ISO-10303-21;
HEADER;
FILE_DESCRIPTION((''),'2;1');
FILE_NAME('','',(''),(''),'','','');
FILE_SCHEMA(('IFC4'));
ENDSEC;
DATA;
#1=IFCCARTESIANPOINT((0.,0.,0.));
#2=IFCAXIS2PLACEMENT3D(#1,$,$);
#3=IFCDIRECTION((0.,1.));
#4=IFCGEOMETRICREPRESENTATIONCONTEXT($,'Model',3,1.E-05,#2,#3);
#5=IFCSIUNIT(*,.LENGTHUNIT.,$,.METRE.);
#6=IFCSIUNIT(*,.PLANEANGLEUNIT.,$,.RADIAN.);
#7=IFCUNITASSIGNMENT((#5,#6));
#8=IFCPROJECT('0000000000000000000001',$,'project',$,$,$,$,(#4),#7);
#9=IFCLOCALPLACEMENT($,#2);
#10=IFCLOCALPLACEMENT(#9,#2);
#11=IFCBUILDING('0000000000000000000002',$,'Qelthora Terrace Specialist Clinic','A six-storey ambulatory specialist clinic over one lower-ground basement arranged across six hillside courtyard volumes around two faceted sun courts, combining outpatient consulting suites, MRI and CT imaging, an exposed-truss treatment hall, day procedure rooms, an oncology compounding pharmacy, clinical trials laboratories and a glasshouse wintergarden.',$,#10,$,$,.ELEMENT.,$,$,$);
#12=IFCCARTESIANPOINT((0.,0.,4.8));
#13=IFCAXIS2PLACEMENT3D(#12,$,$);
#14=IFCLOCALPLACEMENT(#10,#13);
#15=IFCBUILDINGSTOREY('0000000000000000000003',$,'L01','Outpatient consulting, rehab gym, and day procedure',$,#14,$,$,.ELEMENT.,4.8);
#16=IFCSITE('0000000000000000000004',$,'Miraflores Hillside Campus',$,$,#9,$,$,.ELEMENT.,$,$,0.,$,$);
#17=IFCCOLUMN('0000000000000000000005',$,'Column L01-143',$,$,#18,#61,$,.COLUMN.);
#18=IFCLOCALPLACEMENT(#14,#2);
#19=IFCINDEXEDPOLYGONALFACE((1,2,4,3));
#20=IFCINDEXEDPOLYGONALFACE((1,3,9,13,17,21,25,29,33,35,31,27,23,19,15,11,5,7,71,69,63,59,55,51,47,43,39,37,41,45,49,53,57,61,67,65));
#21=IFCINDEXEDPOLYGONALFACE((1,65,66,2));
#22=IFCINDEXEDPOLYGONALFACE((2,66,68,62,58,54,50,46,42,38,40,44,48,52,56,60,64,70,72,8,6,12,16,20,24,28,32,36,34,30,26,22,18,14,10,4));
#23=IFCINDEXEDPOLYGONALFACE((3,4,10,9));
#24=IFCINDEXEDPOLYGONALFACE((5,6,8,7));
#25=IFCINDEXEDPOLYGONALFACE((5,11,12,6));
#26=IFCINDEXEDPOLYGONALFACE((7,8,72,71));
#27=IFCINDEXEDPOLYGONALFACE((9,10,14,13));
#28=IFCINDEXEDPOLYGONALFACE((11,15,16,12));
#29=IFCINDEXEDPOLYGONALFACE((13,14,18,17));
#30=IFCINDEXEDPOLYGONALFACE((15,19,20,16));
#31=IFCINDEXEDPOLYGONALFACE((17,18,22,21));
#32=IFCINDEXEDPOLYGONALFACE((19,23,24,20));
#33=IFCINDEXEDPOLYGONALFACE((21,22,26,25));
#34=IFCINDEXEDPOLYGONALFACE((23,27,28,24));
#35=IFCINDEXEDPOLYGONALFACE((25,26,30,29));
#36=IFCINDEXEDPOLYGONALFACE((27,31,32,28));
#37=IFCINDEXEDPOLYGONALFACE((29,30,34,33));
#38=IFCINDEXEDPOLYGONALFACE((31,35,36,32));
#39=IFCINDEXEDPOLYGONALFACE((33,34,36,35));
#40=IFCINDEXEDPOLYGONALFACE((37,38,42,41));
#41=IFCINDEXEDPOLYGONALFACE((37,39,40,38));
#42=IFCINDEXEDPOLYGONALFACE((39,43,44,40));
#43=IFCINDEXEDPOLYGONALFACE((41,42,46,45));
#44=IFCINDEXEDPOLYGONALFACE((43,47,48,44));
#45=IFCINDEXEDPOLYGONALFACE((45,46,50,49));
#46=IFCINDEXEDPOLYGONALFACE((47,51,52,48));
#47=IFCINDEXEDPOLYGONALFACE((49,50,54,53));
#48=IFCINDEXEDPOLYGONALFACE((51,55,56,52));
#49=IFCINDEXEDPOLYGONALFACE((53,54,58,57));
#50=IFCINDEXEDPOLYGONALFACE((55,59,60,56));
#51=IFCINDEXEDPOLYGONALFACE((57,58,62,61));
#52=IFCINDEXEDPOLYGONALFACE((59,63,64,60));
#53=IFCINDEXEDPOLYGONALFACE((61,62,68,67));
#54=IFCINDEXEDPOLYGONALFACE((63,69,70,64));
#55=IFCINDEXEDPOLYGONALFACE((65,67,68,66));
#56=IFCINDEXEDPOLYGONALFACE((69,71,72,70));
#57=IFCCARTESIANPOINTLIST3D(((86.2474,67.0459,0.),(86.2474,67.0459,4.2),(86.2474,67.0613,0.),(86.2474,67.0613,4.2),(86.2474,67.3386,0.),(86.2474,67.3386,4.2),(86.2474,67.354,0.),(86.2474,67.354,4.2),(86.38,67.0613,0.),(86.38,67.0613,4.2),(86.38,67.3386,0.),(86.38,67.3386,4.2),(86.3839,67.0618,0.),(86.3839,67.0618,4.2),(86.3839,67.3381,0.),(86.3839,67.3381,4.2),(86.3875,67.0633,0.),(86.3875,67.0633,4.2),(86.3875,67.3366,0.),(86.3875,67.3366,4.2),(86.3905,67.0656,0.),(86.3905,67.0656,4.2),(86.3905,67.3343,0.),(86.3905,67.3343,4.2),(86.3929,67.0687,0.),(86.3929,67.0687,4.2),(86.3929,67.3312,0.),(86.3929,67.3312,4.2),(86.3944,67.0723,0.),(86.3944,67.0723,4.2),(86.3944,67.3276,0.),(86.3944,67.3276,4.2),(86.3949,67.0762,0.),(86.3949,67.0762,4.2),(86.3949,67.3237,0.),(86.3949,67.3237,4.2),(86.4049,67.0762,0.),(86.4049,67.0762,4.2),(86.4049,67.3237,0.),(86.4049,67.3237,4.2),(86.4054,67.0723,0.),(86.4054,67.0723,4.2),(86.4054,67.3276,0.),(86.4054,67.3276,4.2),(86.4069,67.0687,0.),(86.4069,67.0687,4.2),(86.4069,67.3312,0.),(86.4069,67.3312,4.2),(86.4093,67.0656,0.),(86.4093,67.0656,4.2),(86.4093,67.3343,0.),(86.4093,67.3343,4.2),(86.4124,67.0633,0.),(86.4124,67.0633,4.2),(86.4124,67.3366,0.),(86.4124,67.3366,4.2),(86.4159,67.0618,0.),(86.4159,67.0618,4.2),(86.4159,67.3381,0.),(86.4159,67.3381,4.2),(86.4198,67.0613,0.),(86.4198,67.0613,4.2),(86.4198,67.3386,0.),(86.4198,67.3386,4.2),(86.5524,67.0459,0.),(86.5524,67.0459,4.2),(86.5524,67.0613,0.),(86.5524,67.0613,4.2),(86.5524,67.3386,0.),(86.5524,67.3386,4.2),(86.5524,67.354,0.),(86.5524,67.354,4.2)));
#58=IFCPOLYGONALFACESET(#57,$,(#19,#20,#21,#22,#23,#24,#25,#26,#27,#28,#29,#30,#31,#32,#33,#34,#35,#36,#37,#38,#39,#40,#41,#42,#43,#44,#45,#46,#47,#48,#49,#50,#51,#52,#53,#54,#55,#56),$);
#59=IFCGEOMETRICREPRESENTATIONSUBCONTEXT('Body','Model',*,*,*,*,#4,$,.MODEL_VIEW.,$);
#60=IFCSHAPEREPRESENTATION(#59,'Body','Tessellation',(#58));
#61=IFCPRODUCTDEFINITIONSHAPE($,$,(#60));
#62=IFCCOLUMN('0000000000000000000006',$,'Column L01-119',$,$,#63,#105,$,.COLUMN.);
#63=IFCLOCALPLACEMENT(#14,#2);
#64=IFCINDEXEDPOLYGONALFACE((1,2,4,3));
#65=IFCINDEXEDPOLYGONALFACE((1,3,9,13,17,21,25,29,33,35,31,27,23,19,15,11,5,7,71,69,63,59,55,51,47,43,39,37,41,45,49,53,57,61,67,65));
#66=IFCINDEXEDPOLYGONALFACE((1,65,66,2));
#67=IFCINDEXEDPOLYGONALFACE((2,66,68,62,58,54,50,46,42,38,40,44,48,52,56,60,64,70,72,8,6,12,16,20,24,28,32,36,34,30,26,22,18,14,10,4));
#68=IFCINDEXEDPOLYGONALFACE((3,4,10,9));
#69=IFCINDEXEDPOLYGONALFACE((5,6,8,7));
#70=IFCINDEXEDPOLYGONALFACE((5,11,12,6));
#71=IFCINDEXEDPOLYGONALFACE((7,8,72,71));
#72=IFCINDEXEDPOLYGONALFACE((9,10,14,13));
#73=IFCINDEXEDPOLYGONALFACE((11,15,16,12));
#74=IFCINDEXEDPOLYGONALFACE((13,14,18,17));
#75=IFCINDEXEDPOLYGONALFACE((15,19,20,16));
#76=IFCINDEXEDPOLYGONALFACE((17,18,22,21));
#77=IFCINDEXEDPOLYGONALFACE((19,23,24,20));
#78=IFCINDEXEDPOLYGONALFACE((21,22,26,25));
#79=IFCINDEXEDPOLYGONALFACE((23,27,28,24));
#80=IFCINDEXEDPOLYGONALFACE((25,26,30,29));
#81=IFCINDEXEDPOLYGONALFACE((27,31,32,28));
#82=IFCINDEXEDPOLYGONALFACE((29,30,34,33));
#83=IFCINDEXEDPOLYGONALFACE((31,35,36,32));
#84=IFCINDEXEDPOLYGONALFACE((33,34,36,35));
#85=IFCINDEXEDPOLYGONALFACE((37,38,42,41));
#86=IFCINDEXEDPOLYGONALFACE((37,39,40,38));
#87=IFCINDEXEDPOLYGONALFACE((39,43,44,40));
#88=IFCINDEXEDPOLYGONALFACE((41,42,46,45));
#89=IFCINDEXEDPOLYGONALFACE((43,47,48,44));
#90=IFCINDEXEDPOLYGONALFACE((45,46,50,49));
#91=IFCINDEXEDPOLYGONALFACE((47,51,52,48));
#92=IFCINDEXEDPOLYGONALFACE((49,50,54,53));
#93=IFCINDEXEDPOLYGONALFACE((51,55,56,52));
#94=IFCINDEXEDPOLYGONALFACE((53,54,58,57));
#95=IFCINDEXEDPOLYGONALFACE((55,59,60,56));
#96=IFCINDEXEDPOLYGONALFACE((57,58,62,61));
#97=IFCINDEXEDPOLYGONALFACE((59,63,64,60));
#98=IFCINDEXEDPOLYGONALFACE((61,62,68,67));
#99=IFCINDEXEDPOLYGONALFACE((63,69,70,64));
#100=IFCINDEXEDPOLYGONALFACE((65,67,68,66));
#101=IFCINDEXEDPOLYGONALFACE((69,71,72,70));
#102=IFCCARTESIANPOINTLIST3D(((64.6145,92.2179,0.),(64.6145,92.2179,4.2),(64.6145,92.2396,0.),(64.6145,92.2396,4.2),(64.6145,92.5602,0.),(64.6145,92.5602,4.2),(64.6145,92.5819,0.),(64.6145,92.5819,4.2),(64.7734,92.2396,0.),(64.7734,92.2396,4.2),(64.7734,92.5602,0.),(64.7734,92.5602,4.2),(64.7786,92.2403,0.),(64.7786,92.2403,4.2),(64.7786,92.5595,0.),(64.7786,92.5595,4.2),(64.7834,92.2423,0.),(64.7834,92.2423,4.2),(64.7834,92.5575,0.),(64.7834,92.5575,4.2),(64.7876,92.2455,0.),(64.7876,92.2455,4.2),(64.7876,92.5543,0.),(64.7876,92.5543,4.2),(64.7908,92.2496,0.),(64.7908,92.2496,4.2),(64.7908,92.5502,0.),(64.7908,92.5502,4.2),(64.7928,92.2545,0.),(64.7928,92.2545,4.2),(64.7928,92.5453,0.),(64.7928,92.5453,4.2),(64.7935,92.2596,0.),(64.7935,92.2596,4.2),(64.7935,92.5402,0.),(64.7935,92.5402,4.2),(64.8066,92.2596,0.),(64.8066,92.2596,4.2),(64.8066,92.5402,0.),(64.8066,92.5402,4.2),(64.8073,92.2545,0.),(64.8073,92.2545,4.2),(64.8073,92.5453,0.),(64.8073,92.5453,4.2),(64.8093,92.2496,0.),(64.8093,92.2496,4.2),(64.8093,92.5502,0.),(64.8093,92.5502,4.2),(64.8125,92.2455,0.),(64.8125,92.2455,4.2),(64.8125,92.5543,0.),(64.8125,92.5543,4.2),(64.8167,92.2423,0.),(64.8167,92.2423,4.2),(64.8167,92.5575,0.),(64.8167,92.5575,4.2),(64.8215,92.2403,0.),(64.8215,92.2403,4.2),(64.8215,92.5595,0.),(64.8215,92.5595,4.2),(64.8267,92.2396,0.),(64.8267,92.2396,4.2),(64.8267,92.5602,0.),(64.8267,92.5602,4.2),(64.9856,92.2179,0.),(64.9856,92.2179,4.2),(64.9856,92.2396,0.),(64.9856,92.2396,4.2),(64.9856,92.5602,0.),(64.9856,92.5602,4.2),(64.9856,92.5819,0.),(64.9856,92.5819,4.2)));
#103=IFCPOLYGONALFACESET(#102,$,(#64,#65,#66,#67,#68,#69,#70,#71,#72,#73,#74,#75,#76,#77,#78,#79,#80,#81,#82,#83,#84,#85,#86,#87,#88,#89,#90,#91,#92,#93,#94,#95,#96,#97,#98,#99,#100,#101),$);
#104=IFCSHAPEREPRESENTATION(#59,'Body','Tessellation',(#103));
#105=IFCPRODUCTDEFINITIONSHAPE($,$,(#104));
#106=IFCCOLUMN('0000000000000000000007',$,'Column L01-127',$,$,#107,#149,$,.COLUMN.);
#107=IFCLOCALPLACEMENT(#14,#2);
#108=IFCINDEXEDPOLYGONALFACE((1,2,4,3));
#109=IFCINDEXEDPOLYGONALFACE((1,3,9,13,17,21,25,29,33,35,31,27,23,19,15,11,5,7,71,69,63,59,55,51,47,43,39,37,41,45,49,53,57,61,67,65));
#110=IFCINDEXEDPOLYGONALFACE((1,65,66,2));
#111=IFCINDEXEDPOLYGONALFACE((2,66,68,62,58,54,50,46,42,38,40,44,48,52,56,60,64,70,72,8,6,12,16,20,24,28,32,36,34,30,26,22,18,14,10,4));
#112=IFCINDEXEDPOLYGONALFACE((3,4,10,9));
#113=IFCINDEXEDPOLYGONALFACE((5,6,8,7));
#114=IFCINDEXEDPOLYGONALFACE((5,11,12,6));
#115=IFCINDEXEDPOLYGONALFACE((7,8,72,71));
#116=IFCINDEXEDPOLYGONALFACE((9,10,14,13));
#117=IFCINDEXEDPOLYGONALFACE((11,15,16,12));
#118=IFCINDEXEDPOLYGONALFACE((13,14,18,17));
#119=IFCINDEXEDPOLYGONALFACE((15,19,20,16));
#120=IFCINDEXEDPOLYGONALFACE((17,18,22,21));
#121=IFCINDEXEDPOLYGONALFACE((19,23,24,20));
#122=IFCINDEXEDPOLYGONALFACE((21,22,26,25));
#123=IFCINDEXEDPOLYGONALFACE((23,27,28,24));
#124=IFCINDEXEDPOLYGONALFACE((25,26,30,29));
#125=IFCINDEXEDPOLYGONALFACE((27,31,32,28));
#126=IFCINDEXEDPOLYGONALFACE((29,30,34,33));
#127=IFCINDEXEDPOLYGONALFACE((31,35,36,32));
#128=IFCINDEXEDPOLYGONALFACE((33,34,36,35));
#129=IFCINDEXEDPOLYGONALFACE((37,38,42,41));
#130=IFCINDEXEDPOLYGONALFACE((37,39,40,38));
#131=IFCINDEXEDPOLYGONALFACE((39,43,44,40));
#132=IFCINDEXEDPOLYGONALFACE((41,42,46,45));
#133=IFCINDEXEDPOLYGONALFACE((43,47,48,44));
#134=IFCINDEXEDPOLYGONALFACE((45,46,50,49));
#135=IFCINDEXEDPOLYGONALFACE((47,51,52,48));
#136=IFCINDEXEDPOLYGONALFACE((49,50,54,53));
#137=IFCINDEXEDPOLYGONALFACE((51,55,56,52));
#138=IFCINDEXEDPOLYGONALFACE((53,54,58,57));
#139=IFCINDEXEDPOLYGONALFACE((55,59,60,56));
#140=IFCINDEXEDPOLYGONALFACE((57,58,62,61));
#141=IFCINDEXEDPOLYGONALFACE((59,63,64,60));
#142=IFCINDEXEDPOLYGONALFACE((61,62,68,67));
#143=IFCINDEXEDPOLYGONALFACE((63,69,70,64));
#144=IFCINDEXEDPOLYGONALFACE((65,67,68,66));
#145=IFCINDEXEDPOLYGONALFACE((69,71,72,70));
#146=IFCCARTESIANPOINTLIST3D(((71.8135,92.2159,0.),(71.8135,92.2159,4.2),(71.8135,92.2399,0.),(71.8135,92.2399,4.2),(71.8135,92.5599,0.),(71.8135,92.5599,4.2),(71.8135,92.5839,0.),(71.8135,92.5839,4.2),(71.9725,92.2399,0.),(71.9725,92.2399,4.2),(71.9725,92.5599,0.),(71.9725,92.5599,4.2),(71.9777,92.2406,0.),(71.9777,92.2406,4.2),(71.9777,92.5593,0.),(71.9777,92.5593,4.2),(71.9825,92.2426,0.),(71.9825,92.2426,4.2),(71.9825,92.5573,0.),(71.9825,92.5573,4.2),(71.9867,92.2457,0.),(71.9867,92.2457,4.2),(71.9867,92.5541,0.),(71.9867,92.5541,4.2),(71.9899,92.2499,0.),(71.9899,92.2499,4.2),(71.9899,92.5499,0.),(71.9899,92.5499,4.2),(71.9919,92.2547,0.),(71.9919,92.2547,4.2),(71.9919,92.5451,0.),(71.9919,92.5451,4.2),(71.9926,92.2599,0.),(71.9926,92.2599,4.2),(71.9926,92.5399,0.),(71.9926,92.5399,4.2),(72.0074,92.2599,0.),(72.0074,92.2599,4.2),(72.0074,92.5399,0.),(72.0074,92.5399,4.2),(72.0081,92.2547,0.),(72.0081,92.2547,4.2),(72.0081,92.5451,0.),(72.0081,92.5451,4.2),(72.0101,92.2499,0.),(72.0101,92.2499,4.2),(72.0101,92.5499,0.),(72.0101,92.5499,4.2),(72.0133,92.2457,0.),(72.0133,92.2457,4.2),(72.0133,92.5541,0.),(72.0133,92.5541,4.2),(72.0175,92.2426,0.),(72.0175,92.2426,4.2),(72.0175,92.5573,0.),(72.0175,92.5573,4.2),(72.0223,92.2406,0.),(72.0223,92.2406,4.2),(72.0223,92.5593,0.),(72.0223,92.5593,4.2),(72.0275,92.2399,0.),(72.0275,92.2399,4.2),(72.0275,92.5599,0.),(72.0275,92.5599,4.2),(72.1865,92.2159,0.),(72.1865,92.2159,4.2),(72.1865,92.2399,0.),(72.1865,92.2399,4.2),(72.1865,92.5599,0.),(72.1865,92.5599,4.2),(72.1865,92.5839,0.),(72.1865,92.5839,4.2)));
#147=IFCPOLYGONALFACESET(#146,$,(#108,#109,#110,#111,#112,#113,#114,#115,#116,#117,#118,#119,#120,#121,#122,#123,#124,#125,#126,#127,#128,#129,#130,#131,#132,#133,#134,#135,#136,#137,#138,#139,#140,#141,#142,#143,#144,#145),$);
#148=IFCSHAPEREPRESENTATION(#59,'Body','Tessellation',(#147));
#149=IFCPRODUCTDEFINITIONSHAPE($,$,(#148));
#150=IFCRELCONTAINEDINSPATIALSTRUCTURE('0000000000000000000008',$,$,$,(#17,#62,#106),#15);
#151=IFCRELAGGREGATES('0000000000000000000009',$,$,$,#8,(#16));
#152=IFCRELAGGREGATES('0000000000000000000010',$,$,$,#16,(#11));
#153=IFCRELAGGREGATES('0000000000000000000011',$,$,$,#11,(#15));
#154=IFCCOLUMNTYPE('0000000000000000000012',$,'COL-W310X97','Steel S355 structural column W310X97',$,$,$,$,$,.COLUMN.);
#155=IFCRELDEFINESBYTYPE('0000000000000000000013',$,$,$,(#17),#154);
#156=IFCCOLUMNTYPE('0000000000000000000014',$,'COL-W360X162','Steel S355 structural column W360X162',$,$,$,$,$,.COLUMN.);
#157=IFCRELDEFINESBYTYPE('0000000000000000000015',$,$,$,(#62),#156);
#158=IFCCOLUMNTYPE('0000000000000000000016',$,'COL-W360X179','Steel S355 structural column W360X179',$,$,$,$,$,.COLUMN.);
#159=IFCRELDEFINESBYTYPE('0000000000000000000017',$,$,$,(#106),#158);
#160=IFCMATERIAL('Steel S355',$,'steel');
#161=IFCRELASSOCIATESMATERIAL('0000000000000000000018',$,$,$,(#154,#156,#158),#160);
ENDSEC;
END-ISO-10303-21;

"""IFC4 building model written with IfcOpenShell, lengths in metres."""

from ifc_helpers import new_model, si_unit, direction, frame, origin, origin_2d, place, context, subcontext, project, spatial, i_section, extrude, material, material_profile, profile_set, type_object, element, save


model = new_model("IFC4")

# Units and contexts
model_context = context("Model", 3, precision=1e-05, world=origin(), true_north=direction((0.0, 1.0)))
body_context = subcontext(model_context, "Body", "Model", "MODEL_VIEW")
ifc_project = project(units=[si_unit("LENGTHUNIT", "METRE"), si_unit("PLANEANGLEUNIT", "RADIAN")], contexts=[model_context])

# Site, building, storey
site_placement = place(None, origin())
site = spatial("IfcSite", under=ifc_project, at=site_placement, Name="Miraflores Hillside Campus", CompositionType="ELEMENT", RefElevation=0.0)
building_placement = place(site_placement, origin())
building = spatial("IfcBuilding", under=site, at=building_placement, Name="Qelthora Terrace Specialist Clinic", Description="A six-storey ambulatory specialist clinic over one lower-ground basement arranged across six hillside courtyard volumes around two faceted sun courts, combining outpatient consulting suites, MRI and CT imaging, an exposed-truss treatment hall, day procedure rooms, an oncology compounding pharmacy, clinical trials laboratories and a glasshouse wintergarden.", CompositionType="ELEMENT")
storey_placement = place(building_placement, frame((0.0, 0.0, 4.8)))
storey = spatial("IfcBuildingStorey", under=building, at=storey_placement, Name="L01", Description="Outpatient consulting, rehab gym, and day procedure", CompositionType="ELEMENT", Elevation=4.8)

# Columns
ifc_material_1 = material(Name="Steel S355", Category="steel")
ifc_material_profile_1 = material_profile(ifc_material_1, i_section(OverallWidth=0.3049, OverallDepth=0.3081, WebThickness=0.01, FlangeThickness=0.0154, FilletRadius=0.0149, at=origin_2d()), Name="W310X97")
ifc_profile_set_1 = profile_set([ifc_material_profile_1], Name="Steel S355")
column_type_1 = type_object("IfcColumnType", Name="COL-W310X97", Description="Steel S355 structural column W310X97", PredefinedType="COLUMN", material=ifc_profile_set_1)
column_1_placement = place(storey_placement, frame((86.3999, 67.2, 0.0), z_axis=(0.0, 0.0, 1.0), x_axis=(1.0, 0.0, 0.0)))
element("IfcColumn", 1, at=column_1_placement, inside=storey, type_object=column_type_1, Name="Column L01-143", PredefinedType="COLUMN", context=body_context, shape_type="SweptSolid", body=[
    extrude(i_section(OverallWidth=0.3049, OverallDepth=0.3081, WebThickness=0.01, FlangeThickness=0.0154, FilletRadius=0.0149, at=origin_2d()), origin(), (0.0, 0.0, 1.0), 4.2),
])
ifc_material_profile_2 = material_profile(ifc_material_1, i_section(OverallWidth=0.3711, OverallDepth=0.364, WebThickness=0.0132, FlangeThickness=0.0217, FilletRadius=0.02, at=origin_2d()), Name="W360X162")
ifc_profile_set_2 = profile_set([ifc_material_profile_2], Name="Steel S355")
column_type_2 = type_object("IfcColumnType", Name="COL-W360X162", Description="Steel S355 structural column W360X162", PredefinedType="COLUMN", material=ifc_profile_set_2)
column_2_placement = place(storey_placement, frame((64.8, 92.3999, 0.0), z_axis=(0.0, 0.0, 1.0), x_axis=(1.0, 0.0, 0.0)))
element("IfcColumn", 2, at=column_2_placement, inside=storey, type_object=column_type_2, Name="Column L01-119", PredefinedType="COLUMN", context=body_context, shape_type="SweptSolid", body=[
    extrude(i_section(OverallWidth=0.3711, OverallDepth=0.364, WebThickness=0.0132, FlangeThickness=0.0217, FilletRadius=0.02, at=origin_2d()), origin(), (0.0, 0.0, 1.0), 4.2),
])
ifc_material_profile_3 = material_profile(ifc_material_1, i_section(OverallWidth=0.373, OverallDepth=0.3679, WebThickness=0.0149, FlangeThickness=0.0239, FilletRadius=0.02, at=origin_2d()), Name="W360X179")
ifc_profile_set_3 = profile_set([ifc_material_profile_3], Name="Steel S355")
column_type_3 = type_object("IfcColumnType", Name="COL-W360X179", Description="Steel S355 structural column W360X179", PredefinedType="COLUMN", material=ifc_profile_set_3)
column_3_placement = place(storey_placement, frame((72.0, 92.3999, 0.0), z_axis=(0.0, 0.0, 1.0), x_axis=(1.0, 0.0, 0.0)))
element("IfcColumn", 3, at=column_3_placement, inside=storey, type_object=column_type_3, Name="Column L01-127", PredefinedType="COLUMN", context=body_context, shape_type="SweptSolid", body=[
    extrude(i_section(OverallWidth=0.373, OverallDepth=0.3679, WebThickness=0.0149, FlangeThickness=0.0239, FilletRadius=0.02, at=origin_2d()), origin(), (0.0, 0.0, 1.0), 4.2),
])

save(model, "model.ifc")
